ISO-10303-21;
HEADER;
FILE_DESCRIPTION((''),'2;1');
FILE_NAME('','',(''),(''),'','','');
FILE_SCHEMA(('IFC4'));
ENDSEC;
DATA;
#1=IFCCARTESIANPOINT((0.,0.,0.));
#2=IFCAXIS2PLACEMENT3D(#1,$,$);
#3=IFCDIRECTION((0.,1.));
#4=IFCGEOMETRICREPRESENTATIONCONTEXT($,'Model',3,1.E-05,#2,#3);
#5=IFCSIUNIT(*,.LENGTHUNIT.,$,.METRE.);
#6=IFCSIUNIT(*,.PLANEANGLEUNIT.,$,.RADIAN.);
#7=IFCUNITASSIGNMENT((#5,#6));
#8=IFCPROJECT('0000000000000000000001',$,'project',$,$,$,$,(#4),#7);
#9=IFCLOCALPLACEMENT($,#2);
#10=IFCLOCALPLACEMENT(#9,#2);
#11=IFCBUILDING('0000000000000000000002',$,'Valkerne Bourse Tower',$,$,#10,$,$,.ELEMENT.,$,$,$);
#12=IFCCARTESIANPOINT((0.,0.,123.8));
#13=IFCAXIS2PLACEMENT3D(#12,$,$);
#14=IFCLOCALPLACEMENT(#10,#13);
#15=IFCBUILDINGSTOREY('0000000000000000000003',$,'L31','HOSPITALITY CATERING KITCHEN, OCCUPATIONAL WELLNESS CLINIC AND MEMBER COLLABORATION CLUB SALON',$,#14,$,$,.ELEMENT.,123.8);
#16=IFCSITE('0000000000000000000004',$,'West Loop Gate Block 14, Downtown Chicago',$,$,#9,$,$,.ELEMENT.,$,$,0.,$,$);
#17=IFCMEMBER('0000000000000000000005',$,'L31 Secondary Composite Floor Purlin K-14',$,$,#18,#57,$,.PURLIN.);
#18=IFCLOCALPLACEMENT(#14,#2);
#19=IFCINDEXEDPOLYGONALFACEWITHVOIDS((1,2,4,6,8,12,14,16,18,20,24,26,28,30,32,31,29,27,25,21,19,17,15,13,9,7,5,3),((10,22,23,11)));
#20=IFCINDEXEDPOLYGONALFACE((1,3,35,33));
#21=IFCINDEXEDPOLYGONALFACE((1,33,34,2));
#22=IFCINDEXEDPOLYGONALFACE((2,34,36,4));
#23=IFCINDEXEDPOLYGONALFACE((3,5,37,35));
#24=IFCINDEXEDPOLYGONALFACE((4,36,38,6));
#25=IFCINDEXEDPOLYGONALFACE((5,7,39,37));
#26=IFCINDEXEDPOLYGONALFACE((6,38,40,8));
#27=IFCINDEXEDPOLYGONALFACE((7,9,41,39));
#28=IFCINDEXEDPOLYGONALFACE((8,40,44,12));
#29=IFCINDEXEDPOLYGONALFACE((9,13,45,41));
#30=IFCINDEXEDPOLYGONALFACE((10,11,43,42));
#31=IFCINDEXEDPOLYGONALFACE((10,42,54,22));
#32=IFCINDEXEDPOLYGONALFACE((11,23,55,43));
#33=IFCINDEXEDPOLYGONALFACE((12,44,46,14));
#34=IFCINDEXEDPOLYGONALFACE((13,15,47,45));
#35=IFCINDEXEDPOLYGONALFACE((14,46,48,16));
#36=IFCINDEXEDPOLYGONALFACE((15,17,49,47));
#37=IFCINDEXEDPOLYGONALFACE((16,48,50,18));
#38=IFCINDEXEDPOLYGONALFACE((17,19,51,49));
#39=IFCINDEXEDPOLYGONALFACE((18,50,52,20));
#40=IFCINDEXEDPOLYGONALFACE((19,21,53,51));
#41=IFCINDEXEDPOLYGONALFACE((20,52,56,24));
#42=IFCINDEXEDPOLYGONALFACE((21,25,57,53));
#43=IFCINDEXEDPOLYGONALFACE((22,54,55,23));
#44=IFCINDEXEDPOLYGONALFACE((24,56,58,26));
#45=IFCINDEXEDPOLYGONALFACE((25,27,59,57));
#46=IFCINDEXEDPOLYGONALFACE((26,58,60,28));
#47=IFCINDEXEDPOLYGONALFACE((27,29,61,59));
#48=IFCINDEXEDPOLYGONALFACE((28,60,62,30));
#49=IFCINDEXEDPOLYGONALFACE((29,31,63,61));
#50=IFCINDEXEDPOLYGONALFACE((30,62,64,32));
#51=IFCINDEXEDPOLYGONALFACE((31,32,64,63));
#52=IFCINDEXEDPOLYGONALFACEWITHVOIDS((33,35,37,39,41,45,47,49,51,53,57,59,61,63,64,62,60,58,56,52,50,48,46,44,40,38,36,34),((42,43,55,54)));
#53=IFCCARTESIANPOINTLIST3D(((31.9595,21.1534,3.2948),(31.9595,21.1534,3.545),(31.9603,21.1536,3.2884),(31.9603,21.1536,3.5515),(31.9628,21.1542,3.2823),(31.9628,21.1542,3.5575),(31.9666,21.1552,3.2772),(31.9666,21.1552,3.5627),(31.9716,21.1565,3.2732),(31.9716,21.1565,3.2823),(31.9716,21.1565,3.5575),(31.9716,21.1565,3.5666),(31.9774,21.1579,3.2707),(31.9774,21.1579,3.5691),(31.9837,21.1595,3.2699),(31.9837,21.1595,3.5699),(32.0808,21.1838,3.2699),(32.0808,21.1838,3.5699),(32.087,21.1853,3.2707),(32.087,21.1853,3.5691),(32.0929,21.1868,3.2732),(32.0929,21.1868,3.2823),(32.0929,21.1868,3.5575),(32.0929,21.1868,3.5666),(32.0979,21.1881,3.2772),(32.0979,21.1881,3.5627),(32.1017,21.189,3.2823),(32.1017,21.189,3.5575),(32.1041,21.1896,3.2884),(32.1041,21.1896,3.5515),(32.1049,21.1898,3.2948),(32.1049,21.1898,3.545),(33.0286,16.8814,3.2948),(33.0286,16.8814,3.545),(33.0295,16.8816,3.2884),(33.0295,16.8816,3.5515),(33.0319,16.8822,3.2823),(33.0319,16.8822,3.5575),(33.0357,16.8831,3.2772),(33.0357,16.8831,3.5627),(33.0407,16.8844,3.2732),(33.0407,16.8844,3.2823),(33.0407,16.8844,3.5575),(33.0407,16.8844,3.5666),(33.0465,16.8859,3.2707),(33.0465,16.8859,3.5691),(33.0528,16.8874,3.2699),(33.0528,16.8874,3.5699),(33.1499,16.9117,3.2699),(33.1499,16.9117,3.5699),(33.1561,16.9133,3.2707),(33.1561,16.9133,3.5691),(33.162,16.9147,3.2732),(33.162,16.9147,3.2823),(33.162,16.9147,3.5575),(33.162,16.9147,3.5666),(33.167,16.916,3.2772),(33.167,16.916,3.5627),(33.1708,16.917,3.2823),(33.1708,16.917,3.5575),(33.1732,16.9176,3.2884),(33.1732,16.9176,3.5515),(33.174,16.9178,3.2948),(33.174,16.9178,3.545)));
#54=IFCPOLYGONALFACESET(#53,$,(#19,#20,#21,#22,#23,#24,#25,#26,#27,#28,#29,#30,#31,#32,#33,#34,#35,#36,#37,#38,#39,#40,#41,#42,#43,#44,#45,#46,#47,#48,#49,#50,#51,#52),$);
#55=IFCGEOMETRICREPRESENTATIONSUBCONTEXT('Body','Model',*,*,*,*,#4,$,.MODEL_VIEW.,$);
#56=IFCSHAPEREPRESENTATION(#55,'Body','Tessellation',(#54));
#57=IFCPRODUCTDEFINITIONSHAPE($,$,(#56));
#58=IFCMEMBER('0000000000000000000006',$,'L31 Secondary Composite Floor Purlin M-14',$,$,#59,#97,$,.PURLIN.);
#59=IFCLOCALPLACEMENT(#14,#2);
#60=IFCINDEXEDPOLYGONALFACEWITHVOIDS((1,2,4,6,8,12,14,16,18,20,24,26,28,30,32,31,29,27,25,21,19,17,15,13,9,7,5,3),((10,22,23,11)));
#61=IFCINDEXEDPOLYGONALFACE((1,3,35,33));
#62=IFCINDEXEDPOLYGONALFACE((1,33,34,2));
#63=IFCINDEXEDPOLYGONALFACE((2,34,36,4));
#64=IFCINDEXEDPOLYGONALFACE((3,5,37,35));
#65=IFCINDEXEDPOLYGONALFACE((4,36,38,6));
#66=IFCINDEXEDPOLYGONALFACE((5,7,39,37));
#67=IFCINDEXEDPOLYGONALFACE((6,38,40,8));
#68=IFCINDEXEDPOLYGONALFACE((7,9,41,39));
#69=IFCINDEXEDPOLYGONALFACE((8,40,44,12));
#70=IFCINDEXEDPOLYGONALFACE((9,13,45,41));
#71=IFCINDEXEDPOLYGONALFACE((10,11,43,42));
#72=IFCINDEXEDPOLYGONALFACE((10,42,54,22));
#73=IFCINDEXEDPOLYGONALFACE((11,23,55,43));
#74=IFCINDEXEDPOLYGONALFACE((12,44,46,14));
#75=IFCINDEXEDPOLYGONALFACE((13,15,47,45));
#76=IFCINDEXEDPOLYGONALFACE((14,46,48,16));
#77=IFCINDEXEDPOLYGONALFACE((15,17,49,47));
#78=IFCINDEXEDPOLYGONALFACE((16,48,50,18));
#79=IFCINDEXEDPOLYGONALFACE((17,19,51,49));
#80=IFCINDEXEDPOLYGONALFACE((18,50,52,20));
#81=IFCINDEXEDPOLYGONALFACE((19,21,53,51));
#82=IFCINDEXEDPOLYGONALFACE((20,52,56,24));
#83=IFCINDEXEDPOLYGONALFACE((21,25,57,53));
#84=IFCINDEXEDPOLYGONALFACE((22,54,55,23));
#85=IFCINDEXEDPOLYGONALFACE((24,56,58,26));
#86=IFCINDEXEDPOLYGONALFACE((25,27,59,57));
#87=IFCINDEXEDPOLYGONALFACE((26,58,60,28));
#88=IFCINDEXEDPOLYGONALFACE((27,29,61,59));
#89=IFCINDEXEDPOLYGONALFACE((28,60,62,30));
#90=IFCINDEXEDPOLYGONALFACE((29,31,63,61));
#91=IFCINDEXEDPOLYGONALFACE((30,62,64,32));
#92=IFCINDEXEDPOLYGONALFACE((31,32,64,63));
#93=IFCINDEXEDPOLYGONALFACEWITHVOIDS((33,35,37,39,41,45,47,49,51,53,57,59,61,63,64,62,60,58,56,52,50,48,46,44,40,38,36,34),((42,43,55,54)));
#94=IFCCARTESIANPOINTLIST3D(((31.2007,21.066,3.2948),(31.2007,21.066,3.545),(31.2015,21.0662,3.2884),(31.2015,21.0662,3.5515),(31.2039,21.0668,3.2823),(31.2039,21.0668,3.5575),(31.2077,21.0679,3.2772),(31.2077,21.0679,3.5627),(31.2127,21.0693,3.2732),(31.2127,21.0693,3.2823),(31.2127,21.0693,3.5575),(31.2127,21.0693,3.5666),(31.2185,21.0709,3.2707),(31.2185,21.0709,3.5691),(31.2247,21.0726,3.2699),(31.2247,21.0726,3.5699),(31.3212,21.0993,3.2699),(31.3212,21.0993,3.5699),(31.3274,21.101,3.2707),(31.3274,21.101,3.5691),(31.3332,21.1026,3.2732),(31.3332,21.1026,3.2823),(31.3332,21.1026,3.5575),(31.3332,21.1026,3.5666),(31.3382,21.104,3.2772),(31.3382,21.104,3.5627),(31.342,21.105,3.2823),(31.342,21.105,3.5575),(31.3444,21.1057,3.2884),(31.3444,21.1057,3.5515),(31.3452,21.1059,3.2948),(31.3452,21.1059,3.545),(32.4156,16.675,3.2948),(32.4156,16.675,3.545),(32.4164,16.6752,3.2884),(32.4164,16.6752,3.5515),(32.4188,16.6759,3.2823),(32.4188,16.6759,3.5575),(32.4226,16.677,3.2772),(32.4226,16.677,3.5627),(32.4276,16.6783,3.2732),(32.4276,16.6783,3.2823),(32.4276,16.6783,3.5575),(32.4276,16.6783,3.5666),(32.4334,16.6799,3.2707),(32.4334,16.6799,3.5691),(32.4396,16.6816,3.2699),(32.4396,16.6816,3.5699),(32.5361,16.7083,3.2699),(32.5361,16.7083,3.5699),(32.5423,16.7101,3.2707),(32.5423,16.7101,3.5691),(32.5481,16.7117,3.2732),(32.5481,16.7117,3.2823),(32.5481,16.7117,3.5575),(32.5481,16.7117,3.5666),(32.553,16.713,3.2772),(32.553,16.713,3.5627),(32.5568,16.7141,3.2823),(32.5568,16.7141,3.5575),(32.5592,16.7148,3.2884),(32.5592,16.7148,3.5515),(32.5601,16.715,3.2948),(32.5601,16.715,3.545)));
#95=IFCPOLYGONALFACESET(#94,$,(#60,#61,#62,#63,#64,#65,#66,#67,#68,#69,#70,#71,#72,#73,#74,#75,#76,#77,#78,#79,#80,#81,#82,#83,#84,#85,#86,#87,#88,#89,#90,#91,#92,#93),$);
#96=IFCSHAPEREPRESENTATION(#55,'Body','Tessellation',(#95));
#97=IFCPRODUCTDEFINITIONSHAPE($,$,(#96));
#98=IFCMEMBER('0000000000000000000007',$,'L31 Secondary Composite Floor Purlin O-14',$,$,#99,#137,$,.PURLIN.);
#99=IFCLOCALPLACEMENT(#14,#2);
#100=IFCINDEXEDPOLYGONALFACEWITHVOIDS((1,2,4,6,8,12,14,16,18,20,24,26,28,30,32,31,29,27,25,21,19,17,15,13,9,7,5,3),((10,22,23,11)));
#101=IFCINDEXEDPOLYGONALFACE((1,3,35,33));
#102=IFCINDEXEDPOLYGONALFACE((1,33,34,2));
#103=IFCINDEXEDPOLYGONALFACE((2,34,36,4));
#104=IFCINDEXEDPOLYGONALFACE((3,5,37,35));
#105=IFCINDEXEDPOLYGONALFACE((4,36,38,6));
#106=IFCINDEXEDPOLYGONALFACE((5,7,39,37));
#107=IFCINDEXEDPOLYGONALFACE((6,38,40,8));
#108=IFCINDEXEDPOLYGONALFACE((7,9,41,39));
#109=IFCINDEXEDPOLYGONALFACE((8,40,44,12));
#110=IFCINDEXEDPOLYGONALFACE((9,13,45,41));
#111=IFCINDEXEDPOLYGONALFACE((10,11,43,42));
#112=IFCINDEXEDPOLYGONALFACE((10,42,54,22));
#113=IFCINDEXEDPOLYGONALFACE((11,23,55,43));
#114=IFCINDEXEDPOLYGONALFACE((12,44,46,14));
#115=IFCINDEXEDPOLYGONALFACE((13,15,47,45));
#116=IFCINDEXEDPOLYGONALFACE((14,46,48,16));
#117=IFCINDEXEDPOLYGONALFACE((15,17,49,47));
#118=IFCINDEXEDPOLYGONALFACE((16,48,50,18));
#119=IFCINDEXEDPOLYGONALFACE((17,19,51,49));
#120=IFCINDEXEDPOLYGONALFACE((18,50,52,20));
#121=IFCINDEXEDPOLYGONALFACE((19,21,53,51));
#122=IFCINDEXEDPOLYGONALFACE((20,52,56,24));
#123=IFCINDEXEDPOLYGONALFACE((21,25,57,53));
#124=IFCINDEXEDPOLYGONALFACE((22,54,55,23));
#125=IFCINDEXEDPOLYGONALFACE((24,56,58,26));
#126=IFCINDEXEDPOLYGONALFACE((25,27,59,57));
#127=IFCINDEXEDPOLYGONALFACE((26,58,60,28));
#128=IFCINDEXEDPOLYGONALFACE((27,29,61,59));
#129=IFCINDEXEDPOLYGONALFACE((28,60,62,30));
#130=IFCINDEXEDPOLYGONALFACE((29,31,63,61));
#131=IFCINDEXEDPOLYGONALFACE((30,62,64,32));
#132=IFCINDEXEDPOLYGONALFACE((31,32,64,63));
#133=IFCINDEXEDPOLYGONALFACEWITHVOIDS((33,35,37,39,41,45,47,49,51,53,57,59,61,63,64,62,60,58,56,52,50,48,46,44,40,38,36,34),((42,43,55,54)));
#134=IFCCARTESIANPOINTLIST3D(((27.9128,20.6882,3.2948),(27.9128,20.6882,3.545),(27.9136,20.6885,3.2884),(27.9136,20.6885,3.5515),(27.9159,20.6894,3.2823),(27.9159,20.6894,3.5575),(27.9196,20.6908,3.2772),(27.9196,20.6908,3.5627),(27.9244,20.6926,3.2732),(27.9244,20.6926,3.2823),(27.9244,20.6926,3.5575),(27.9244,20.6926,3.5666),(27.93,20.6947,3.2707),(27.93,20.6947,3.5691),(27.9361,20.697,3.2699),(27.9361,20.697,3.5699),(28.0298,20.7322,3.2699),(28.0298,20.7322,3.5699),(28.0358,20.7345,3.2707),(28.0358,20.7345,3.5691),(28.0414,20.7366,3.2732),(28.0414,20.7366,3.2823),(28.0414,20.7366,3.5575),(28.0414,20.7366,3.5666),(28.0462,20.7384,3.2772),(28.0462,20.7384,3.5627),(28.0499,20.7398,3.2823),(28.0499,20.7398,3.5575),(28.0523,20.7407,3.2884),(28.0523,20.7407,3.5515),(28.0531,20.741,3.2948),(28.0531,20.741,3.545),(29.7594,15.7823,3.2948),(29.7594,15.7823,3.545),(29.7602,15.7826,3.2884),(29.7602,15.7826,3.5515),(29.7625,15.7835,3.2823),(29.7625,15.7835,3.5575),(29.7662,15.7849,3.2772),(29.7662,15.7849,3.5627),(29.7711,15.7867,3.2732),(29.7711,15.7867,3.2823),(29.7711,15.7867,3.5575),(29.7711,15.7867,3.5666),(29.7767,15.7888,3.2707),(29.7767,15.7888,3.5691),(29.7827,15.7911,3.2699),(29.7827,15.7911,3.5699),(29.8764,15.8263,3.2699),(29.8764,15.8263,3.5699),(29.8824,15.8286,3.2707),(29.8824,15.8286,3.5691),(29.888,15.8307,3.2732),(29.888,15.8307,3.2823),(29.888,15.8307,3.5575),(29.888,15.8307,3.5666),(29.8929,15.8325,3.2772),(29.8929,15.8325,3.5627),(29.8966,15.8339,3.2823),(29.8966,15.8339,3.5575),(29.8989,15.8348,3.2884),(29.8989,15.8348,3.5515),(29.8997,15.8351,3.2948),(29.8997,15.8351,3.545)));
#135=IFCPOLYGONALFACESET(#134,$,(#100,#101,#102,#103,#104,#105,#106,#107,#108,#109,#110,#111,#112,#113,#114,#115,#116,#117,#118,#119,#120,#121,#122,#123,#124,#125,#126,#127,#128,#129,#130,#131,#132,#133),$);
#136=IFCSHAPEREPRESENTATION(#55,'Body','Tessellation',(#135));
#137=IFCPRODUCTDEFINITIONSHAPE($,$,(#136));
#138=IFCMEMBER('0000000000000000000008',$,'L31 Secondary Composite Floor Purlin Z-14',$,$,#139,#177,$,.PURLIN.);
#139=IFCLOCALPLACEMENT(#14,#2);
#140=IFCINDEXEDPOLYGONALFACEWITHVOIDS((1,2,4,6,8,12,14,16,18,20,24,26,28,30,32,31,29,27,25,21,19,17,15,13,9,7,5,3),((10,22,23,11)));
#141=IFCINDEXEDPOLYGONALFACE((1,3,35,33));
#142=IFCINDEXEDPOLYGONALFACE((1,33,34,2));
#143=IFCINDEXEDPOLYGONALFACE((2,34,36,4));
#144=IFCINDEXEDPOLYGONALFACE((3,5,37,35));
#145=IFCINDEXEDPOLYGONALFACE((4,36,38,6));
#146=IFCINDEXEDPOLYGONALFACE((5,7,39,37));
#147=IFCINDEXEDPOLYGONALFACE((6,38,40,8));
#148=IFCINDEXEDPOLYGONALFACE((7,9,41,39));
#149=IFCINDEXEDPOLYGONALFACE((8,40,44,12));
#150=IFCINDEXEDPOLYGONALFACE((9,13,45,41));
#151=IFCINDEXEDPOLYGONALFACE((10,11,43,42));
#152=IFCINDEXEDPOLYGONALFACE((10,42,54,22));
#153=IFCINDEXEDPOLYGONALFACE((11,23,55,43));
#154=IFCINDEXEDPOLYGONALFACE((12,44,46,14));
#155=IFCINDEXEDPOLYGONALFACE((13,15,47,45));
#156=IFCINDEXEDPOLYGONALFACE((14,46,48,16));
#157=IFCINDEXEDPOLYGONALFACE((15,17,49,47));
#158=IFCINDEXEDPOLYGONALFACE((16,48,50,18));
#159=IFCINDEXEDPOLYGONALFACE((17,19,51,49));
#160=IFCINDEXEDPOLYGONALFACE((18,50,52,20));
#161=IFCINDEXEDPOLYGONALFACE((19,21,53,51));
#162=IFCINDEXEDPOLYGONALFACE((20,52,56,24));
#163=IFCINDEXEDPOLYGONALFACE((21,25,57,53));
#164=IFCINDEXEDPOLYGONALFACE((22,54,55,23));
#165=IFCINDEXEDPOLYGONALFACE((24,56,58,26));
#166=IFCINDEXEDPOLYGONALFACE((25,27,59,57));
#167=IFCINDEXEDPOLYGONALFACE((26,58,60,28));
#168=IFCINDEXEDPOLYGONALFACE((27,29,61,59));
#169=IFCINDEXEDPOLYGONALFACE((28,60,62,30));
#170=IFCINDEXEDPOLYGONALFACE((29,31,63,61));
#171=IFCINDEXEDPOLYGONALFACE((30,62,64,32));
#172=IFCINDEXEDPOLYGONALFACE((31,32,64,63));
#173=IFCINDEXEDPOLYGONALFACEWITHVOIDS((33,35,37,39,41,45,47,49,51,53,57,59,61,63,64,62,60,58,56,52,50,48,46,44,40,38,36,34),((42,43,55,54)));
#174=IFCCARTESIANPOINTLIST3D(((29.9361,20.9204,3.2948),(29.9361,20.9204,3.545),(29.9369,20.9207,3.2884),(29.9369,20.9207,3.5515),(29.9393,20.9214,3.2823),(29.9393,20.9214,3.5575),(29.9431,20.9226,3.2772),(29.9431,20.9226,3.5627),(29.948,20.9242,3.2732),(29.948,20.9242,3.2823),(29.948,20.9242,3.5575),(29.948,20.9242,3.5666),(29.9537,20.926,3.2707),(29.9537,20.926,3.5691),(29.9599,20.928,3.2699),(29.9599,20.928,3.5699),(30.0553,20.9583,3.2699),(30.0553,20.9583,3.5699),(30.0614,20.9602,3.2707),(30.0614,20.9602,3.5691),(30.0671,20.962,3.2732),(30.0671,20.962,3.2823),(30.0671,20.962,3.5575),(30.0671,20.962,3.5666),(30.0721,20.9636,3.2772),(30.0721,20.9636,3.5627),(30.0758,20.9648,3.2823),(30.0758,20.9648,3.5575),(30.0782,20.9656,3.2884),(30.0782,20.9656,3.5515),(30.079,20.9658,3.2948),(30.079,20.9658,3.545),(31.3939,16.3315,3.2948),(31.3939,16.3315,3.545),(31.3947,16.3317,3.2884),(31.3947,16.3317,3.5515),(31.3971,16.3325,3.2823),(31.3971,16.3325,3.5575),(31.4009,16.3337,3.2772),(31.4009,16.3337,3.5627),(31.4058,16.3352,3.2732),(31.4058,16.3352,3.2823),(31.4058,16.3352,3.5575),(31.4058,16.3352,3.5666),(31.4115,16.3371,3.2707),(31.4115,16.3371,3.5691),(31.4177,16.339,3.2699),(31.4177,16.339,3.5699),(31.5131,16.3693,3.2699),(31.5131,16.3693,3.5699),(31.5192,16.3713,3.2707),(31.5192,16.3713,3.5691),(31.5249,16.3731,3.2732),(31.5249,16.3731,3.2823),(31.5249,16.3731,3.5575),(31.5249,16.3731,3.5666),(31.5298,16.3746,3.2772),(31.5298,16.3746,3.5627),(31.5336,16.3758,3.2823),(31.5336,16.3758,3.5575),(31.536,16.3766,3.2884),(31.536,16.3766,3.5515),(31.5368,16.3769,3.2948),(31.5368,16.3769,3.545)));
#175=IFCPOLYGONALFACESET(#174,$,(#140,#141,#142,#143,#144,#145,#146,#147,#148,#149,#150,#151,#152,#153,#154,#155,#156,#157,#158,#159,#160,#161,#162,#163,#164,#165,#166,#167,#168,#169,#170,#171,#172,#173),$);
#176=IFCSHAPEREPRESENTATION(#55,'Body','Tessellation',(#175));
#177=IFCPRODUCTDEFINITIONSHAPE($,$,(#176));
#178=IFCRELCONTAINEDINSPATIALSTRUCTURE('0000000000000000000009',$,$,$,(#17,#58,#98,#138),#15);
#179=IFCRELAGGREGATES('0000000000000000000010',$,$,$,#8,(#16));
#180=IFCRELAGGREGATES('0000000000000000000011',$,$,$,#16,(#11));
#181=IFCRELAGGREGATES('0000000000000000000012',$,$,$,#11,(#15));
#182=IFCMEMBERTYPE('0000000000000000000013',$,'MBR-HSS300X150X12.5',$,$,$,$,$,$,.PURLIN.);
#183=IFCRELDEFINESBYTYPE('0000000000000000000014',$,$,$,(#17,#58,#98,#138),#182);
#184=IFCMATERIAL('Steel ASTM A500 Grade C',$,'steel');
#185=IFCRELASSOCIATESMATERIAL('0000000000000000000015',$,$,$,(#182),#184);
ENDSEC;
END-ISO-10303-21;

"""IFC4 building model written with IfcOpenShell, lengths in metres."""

from ifc_helpers import new_model, si_unit, direction, frame, origin, origin_2d, place, context, subcontext, project, spatial, hollow_rectangle, extrude, material, material_profile, profile_set, type_object, element, save


model = new_model("IFC4")

# Units and contexts
model_context = context("Model", 3, precision=1e-05, world=origin(), true_north=direction((0.0, 1.0)))
body_context = subcontext(model_context, "Body", "Model", "MODEL_VIEW")
ifc_project = project(units=[si_unit("LENGTHUNIT", "METRE"), si_unit("PLANEANGLEUNIT", "RADIAN")], contexts=[model_context])

# Site, building, storey
site_placement = place(None, origin())
site = spatial("IfcSite", under=ifc_project, at=site_placement, Name="West Loop Gate Block 14, Downtown Chicago", CompositionType="ELEMENT", RefElevation=0.0)
building_placement = place(site_placement, origin())
building = spatial("IfcBuilding", under=site, at=building_placement, Name="Valkerne Bourse Tower", CompositionType="ELEMENT")
storey_placement = place(building_placement, frame((0.0, 0.0, 123.8)))
storey = spatial("IfcBuildingStorey", under=building, at=storey_placement, Name="L31", Description="HOSPITALITY CATERING KITCHEN, OCCUPATIONAL WELLNESS CLINIC AND MEMBER COLLABORATION CLUB SALON", CompositionType="ELEMENT", Elevation=123.8)

# Members
ifc_material_1 = material(Name="Steel ASTM A500 Grade C", Category="steel")
ifc_material_profile_1 = material_profile(ifc_material_1, hollow_rectangle(XDim=0.1499, YDim=0.3, WallThickness=0.0125, OuterFilletRadius=0.0249, at=origin_2d()), Name="HSS300X150X12.5")
ifc_profile_set_1 = profile_set([ifc_material_profile_1], Name="Steel ASTM A500 Grade C")
member_type_1 = type_object("IfcMemberType", Name="MBR-HSS300X150X12.5", PredefinedType="PURLIN", material=ifc_profile_set_1)
member_1_placement = place(storey_placement, frame((32.0322, 21.1716, 3.4199), z_axis=(0.24277, -0.970084, 0.0), x_axis=(0.970084, 0.24277, 0.0)))
element("IfcMember", 1, at=member_1_placement, inside=storey, type_object=member_type_1, Name="L31 Secondary Composite Floor Purlin K-14", PredefinedType="PURLIN", context=body_context, shape_type="SweptSolid", body=[
    extrude(hollow_rectangle(XDim=0.1499, YDim=0.3, WallThickness=0.0125, OuterFilletRadius=0.0249, at=origin_2d()), origin(), (0.0, 0.0, 1.0), 4.4038),
])
member_2_placement = place(storey_placement, frame((31.2729, 21.0859, 3.4199), z_axis=(0.266657, -0.963791, 0.0), x_axis=(0.963791, 0.266657, 0.0)))
element("IfcMember", 2, at=member_2_placement, inside=storey, type_object=member_type_1, Name="L31 Secondary Composite Floor Purlin M-14", PredefinedType="PURLIN", context=body_context, shape_type="SweptSolid", body=[
    extrude(hollow_rectangle(XDim=0.1499, YDim=0.3, WallThickness=0.0125, OuterFilletRadius=0.0249, at=origin_2d()), origin(), (0.0, 0.0, 1.0), 4.5559),
])
member_3_placement = place(storey_placement, frame((27.9829, 20.7146, 3.4199), z_axis=(0.352282, -0.935894, 0.0), x_axis=(0.935894, 0.352282, 0.0)))
element("IfcMember", 3, at=member_3_placement, inside=storey, type_object=member_type_1, Name="L31 Secondary Composite Floor Purlin O-14", PredefinedType="PURLIN", context=body_context, shape_type="SweptSolid", body=[
    extrude(hollow_rectangle(XDim=0.1499, YDim=0.3, WallThickness=0.0125, OuterFilletRadius=0.0249, at=origin_2d()), origin(), (0.0, 0.0, 1.0), 5.2419),
])
member_4_placement = place(storey_placement, frame((30.0076, 20.9431, 3.4199), z_axis=(0.302764, -0.953066, 0.0), x_axis=(0.953066, 0.302764, 0.0)))
element("IfcMember", 4, at=member_4_placement, inside=storey, type_object=member_type_1, Name="L31 Secondary Composite Floor Purlin Z-14", PredefinedType="PURLIN", context=body_context, shape_type="SweptSolid", body=[
    extrude(hollow_rectangle(XDim=0.1499, YDim=0.3, WallThickness=0.0125, OuterFilletRadius=0.0249, at=origin_2d()), origin(), (0.0, 0.0, 1.0), 4.8149),
])

save(model, "model.ifc")
